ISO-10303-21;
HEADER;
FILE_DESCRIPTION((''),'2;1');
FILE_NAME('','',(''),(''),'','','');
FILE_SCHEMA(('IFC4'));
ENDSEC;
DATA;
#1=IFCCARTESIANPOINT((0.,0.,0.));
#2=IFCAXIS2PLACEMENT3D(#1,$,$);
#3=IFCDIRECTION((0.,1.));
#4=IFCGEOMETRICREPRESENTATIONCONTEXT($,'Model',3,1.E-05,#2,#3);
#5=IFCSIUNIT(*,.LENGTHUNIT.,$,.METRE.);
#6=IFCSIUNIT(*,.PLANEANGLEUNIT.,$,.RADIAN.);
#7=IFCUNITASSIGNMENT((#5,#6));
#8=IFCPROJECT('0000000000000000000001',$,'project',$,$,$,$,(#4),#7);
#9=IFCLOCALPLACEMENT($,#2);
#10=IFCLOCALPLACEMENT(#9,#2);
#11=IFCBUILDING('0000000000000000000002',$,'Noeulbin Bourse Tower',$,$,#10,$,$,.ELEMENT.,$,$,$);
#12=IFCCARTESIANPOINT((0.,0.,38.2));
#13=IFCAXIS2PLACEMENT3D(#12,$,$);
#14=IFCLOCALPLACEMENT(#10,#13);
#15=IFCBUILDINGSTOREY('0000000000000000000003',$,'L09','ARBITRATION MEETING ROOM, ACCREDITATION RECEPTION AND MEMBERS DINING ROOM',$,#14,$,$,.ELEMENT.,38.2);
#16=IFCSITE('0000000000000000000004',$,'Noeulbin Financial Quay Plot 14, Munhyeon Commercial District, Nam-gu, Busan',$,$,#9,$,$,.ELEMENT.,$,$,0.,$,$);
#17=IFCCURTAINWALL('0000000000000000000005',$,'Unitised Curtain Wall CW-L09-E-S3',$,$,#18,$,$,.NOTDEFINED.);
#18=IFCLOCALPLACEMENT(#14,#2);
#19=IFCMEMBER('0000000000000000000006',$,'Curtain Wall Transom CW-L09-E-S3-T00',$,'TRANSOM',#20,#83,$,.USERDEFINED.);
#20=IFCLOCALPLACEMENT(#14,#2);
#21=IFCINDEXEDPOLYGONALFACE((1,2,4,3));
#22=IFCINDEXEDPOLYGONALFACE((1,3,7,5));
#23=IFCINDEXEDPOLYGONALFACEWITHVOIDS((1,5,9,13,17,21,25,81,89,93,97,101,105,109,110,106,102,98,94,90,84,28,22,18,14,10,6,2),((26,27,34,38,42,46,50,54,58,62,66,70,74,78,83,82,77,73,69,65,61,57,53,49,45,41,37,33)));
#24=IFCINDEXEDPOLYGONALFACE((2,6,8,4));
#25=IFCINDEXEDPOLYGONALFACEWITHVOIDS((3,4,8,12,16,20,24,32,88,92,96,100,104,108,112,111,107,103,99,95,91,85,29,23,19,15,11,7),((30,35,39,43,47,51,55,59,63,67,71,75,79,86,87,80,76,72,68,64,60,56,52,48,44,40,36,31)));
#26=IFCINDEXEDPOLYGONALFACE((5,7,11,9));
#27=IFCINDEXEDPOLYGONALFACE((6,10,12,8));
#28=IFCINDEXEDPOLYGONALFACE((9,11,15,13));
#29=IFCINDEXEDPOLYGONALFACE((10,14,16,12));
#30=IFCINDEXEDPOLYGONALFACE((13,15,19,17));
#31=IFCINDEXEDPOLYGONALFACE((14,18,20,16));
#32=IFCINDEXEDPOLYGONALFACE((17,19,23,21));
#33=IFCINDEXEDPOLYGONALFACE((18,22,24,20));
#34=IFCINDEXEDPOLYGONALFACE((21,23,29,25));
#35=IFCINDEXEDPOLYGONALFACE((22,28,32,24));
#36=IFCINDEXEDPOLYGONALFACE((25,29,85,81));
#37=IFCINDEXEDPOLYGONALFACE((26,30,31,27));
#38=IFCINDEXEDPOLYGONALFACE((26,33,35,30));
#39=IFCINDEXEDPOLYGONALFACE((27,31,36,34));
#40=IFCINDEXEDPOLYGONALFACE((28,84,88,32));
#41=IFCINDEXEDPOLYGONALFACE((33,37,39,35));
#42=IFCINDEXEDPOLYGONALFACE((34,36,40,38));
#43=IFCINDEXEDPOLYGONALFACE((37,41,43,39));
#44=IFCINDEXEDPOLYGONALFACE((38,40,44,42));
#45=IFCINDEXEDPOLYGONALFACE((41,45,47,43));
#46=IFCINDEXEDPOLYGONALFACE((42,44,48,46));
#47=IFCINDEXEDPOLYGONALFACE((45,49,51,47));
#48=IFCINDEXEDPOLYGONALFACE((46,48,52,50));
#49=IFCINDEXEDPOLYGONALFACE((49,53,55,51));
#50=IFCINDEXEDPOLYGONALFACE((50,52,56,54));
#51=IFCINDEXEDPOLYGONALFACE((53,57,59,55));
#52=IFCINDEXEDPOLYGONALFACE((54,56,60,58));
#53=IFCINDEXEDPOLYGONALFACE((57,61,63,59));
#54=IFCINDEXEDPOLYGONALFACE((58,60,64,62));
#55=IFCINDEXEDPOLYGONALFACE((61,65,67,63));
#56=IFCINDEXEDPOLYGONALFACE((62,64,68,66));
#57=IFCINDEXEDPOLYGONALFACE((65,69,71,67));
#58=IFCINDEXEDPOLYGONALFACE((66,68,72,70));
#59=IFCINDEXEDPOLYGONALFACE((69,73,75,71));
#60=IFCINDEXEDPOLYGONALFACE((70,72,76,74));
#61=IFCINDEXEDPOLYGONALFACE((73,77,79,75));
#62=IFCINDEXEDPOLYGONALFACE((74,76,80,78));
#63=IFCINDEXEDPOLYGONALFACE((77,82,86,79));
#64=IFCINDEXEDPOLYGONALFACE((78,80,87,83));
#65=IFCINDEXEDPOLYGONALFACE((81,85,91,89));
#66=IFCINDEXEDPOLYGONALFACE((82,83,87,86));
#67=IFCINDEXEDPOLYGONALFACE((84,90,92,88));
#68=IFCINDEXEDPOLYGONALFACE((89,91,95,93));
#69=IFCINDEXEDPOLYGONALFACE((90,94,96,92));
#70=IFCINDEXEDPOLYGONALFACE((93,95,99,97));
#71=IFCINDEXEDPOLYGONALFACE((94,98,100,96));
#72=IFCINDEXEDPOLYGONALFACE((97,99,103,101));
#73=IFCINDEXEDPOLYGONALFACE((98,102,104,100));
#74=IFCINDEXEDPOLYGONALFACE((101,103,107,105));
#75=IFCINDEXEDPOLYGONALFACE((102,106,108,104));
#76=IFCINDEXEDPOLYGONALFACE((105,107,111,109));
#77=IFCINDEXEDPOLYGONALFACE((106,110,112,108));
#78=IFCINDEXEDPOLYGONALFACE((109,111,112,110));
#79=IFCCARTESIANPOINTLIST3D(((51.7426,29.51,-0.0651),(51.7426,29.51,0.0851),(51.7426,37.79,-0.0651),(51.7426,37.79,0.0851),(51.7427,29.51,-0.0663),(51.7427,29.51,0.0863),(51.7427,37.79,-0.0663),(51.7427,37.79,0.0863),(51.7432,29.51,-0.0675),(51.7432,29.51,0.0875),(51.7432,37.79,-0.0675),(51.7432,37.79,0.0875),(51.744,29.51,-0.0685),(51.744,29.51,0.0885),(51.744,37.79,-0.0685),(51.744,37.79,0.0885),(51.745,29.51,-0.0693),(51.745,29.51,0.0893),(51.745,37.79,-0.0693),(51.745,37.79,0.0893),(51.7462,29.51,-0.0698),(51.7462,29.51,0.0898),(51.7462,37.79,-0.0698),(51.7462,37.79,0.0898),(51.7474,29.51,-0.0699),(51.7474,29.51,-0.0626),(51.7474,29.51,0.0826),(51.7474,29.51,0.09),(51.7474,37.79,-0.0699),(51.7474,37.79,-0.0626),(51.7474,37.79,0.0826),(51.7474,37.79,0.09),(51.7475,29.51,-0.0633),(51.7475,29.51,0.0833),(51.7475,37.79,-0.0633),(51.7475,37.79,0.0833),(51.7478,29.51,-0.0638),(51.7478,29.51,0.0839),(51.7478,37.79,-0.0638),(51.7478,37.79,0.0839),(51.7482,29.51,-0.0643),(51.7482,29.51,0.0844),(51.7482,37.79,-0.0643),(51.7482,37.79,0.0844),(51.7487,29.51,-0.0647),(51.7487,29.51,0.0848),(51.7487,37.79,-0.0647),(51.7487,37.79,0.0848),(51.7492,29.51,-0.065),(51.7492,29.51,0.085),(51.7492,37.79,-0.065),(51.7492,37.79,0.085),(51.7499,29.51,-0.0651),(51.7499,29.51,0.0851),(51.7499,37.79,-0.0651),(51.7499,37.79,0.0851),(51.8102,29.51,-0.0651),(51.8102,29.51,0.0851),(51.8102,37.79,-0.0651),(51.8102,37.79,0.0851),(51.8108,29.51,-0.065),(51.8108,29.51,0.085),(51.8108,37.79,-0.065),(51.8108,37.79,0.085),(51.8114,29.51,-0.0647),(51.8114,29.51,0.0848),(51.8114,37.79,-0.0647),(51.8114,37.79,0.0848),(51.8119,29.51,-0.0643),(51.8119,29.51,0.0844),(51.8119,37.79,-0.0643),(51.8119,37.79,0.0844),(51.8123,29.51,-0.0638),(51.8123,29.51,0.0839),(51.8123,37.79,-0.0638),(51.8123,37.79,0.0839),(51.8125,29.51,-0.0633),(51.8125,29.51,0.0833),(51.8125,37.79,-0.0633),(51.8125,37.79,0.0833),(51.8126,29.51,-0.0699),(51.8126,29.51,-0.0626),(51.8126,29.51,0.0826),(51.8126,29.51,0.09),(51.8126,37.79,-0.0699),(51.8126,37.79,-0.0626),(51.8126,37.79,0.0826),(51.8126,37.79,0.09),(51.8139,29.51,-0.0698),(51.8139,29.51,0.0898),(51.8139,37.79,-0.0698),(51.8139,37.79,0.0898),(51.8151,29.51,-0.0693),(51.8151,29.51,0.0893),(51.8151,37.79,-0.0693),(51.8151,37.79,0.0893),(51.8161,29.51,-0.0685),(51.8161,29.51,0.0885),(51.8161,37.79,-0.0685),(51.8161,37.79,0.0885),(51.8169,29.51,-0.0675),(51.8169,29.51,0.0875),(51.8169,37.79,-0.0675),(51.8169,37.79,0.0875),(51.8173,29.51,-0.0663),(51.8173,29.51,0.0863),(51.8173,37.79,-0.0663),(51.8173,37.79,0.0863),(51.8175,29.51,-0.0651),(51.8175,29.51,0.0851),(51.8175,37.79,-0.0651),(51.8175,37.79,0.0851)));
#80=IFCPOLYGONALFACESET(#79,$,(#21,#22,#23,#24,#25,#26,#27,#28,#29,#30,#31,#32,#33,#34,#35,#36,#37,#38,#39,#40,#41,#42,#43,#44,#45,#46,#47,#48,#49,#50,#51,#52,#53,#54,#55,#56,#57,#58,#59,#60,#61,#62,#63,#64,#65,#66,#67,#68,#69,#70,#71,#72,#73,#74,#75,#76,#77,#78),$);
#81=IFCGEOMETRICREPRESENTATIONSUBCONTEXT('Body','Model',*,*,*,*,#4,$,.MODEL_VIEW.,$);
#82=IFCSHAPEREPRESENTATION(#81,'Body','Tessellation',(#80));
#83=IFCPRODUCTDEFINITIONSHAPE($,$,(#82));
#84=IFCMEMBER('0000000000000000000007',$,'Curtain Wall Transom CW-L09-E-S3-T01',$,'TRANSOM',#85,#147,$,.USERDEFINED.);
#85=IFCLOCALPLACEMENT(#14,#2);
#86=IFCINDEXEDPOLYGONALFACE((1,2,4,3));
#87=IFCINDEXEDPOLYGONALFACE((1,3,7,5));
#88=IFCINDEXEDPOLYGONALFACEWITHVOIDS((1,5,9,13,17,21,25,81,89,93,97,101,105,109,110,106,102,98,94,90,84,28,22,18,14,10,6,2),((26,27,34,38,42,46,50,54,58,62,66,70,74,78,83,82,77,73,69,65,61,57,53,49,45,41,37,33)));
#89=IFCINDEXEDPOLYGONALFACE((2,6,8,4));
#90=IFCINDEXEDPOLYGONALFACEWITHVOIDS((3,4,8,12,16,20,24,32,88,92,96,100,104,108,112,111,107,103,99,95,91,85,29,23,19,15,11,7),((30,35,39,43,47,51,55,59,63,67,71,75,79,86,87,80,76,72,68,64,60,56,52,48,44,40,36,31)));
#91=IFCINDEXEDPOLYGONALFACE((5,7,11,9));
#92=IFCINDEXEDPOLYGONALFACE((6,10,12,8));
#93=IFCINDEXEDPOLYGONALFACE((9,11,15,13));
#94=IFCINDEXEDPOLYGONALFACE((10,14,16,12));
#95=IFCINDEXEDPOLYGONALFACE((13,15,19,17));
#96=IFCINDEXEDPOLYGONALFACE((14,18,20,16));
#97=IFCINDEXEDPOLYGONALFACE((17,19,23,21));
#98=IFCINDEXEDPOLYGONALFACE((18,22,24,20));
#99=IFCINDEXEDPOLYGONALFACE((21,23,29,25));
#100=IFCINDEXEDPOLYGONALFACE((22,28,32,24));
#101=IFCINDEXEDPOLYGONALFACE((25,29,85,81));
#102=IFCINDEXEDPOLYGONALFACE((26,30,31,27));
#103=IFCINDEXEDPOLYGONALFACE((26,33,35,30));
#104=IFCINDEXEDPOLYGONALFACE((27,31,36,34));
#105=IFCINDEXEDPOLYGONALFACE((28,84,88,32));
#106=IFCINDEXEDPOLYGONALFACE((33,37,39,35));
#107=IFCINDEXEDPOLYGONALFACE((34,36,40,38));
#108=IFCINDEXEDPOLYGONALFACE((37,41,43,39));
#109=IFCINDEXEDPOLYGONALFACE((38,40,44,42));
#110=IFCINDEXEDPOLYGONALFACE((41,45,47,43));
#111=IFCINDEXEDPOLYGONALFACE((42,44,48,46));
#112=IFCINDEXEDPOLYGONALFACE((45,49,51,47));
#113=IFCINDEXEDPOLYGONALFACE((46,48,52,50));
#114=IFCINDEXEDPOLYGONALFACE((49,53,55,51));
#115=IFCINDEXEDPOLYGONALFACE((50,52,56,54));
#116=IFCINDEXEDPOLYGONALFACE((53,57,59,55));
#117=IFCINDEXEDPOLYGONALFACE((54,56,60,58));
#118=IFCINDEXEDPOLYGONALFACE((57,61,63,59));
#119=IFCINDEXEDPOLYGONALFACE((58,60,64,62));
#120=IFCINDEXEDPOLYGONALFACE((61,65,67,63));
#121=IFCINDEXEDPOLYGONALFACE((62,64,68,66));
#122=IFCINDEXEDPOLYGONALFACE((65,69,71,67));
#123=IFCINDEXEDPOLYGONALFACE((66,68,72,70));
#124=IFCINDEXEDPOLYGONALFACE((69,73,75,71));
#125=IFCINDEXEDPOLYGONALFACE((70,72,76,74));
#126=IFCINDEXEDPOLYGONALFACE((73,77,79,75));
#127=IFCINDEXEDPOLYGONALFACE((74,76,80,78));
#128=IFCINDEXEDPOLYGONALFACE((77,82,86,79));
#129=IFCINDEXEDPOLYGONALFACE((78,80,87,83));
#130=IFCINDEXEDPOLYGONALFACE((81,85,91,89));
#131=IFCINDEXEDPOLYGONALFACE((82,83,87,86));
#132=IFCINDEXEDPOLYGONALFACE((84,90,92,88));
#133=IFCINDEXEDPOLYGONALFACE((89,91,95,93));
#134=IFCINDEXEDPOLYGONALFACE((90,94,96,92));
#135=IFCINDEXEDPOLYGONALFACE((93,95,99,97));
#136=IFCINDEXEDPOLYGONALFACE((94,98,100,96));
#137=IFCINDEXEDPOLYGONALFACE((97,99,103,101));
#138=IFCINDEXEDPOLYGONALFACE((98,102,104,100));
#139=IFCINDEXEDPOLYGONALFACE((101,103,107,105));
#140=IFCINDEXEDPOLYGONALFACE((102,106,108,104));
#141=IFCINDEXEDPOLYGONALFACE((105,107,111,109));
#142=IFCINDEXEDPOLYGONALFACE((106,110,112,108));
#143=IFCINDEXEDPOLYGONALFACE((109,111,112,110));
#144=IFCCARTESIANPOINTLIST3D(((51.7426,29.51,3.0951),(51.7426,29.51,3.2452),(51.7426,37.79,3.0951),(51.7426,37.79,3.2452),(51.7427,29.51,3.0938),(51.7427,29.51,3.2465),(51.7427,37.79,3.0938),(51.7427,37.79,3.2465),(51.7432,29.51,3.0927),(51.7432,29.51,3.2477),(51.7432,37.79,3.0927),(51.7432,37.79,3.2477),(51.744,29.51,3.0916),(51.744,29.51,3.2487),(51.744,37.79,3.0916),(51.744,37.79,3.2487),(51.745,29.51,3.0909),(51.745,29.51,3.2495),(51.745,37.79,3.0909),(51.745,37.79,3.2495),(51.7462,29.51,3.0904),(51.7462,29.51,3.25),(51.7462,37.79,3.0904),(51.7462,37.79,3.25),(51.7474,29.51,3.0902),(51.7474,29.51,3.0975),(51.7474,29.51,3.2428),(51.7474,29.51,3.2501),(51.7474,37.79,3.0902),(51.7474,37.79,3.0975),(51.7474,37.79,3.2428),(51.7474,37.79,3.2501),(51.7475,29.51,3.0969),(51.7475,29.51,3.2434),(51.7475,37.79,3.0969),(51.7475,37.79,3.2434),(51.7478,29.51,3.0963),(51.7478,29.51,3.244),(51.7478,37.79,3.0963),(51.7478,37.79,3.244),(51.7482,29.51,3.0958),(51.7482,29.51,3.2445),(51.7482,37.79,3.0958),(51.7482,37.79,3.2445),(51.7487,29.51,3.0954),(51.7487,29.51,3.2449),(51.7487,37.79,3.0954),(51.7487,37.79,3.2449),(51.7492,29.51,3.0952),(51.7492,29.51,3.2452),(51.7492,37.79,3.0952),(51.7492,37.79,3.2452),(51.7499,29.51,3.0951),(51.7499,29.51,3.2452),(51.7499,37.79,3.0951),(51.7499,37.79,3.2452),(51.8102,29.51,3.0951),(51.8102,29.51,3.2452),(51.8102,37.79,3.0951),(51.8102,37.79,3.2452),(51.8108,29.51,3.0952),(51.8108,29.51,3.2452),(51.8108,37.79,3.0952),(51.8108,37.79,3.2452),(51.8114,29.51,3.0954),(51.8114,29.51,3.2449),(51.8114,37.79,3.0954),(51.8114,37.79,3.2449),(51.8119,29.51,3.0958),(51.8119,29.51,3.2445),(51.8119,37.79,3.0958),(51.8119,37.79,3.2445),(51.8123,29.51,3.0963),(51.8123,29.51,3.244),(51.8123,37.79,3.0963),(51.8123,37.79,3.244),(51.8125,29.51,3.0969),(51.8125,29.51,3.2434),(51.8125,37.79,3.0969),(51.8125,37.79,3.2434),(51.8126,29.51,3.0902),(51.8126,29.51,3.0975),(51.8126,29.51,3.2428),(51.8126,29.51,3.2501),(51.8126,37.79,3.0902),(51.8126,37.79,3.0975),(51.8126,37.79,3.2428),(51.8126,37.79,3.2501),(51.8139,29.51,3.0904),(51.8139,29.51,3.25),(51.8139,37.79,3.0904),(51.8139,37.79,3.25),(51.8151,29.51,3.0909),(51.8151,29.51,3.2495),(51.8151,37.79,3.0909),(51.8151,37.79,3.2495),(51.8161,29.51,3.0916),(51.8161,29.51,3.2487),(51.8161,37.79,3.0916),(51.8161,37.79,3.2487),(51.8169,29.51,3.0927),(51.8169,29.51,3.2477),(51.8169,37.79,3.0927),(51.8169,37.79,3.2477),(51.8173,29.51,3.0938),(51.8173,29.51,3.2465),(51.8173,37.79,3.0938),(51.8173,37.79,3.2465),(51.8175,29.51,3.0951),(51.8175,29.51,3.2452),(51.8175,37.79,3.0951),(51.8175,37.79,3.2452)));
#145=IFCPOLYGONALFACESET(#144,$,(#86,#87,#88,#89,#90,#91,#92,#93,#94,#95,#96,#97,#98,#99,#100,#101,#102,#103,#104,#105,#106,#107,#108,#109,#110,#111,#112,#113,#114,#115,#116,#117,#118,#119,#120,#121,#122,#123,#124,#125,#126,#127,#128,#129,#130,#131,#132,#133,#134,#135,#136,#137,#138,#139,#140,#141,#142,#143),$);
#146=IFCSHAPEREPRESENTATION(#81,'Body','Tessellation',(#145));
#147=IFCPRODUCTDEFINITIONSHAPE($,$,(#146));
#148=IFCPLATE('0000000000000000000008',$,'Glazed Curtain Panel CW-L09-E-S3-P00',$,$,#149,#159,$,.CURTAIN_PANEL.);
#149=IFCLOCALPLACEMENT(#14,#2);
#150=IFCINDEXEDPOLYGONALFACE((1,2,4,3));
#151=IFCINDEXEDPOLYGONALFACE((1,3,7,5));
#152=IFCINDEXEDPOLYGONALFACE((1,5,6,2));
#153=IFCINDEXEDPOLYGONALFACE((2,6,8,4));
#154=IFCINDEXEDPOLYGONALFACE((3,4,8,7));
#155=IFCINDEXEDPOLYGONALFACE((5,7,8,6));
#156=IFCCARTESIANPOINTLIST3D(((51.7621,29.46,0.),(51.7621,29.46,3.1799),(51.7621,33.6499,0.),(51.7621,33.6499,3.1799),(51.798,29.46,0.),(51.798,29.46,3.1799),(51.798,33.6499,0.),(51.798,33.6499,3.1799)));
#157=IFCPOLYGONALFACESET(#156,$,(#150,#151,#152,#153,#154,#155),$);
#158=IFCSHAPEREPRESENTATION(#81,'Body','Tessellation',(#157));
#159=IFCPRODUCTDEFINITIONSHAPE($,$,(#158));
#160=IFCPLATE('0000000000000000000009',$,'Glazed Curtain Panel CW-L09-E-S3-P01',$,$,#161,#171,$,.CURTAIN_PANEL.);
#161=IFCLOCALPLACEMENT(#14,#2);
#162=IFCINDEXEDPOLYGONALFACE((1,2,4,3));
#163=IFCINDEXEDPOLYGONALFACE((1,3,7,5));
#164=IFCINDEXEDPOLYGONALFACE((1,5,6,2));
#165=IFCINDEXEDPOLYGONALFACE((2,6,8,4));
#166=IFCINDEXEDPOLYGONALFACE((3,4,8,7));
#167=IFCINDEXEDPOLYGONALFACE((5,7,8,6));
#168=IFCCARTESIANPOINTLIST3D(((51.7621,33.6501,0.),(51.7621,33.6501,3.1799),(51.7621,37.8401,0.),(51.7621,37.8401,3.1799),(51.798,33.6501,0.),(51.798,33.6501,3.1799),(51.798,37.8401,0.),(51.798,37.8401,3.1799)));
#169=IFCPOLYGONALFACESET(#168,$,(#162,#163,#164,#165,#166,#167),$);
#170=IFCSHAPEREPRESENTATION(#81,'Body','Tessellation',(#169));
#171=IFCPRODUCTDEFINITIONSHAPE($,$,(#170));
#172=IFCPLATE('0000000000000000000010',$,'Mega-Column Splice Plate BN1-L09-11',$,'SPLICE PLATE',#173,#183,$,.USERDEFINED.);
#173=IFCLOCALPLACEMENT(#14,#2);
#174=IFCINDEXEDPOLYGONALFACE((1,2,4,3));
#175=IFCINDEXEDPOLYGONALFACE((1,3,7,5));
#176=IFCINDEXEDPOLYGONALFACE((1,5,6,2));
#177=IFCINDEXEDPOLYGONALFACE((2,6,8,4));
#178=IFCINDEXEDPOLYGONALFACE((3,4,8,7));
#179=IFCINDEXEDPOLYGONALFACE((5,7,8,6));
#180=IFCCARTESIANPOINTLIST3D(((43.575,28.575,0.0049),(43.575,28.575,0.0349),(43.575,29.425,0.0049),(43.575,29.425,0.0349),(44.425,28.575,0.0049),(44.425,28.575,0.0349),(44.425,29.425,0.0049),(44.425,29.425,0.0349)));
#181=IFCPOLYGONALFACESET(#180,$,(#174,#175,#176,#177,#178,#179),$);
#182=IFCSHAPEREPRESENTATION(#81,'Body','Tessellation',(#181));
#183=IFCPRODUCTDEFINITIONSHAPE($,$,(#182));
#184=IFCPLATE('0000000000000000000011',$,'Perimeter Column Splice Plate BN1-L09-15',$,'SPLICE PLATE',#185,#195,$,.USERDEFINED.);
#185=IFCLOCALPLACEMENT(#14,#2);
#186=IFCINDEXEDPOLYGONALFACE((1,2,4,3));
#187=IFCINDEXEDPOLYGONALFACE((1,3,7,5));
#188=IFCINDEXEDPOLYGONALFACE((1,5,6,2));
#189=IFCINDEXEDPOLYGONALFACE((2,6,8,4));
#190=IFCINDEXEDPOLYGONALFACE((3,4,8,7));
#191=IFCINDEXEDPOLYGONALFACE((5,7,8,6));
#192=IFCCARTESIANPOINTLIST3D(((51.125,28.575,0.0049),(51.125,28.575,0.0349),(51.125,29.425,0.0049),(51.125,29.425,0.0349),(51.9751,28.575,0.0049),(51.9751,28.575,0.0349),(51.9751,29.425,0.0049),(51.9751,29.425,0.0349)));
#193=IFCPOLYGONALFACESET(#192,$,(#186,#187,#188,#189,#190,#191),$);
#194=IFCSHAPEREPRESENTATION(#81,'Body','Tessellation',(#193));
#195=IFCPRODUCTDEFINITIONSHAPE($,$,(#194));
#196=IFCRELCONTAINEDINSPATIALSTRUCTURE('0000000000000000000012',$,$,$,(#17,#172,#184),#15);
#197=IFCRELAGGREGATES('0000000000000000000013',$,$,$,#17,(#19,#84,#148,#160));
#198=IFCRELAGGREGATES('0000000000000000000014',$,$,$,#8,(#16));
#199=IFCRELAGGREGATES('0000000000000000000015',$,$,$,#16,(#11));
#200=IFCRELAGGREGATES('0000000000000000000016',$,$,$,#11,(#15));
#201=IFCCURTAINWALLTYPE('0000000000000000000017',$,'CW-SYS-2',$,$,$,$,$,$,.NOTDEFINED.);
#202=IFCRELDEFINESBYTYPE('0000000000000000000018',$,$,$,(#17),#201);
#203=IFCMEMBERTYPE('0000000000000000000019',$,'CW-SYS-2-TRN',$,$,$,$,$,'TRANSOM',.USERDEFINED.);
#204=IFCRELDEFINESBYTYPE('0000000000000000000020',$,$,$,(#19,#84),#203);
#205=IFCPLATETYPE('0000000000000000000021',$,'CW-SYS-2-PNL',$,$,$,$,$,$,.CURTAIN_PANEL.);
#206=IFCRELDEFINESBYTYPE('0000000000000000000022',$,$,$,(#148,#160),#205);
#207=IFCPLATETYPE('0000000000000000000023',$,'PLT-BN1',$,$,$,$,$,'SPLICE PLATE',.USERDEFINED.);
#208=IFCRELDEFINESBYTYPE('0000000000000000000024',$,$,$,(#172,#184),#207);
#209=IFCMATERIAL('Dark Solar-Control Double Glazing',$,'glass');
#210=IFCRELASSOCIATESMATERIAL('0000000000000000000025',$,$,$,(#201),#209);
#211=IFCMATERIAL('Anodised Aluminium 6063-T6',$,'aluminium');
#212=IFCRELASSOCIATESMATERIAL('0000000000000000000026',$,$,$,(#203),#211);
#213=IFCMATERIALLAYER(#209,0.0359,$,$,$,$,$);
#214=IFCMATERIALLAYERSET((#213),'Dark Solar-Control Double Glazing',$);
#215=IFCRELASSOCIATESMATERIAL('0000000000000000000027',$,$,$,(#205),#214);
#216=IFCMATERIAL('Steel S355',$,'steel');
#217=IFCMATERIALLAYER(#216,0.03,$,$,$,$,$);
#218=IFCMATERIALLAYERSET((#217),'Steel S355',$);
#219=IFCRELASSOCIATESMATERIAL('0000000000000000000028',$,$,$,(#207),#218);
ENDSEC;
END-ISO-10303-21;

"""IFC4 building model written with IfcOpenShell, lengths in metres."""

from ifc_helpers import new_model, si_unit, direction, frame, origin, origin_2d, place, context, subcontext, project, spatial, rectangle, hollow_rectangle, extrude, material, layer, layer_set, material_profile, profile_set, type_object, element, aggregate, save


model = new_model("IFC4")

# Units and contexts
model_context = context("Model", 3, precision=1e-05, world=origin(), true_north=direction((0.0, 1.0)))
body_context = subcontext(model_context, "Body", "Model", "MODEL_VIEW")
ifc_project = project(units=[si_unit("LENGTHUNIT", "METRE"), si_unit("PLANEANGLEUNIT", "RADIAN")], contexts=[model_context])

# Site, building, storey
site_placement = place(None, origin())
site = spatial("IfcSite", under=ifc_project, at=site_placement, Name="Noeulbin Financial Quay Plot 14, Munhyeon Commercial District, Nam-gu, Busan", CompositionType="ELEMENT", RefElevation=0.0)
building_placement = place(site_placement, origin())
building = spatial("IfcBuilding", under=site, at=building_placement, Name="Noeulbin Bourse Tower", CompositionType="ELEMENT")
storey_placement = place(building_placement, frame((0.0, 0.0, 38.2)))
storey = spatial("IfcBuildingStorey", under=building, at=storey_placement, Name="L09", Description="ARBITRATION MEETING ROOM, ACCREDITATION RECEPTION AND MEMBERS DINING ROOM", CompositionType="ELEMENT", Elevation=38.2)

# Shared definitions
ifc_material_1 = material(Name="Steel S355", Category="steel")

# Curtain wall, members, plates
ifc_material_2 = material(Name="Dark Solar-Control Double Glazing", Category="glass")
curtain_wall_type = type_object("IfcCurtainWallType", Name="CW-SYS-2", PredefinedType="NOTDEFINED", material=ifc_material_2)
curtain_wall_placement = place(storey_placement, origin())
curtain_wall = element("IfcCurtainWall", 1, at=curtain_wall_placement, inside=storey, type_object=curtain_wall_type, Name="Unitised Curtain Wall CW-L09-E-S3", PredefinedType="NOTDEFINED")
ifc_material_3 = material(Name="Anodised Aluminium 6063-T6", Category="aluminium")
ifc_material_profile_1 = material_profile(ifc_material_3, hollow_rectangle(XDim=0.075, YDim=0.1599, WallThickness=0.0049, InnerFilletRadius=0.0024, OuterFilletRadius=0.0049, at=origin_2d()), Name="ALU-TRAN-75x160x5", Category="LoadBearing")
ifc_profile_set_1 = profile_set([ifc_material_profile_1], Name="Anodised Aluminium 6063-T6")
member_type_1 = type_object("IfcMemberType", Name="CW-SYS-2-TRN", ElementType="TRANSOM", PredefinedType="USERDEFINED", material=ifc_profile_set_1)
member_1_placement = place(storey_placement, frame((51.78, 29.51, 0.01), z_axis=(0.0, 1.0, 0.0), x_axis=(-1.0, 0.0, 0.0)))
member_1 = element("IfcMember", 2, at=member_1_placement, type_object=member_type_1, Name="Curtain Wall Transom CW-L09-E-S3-T00", ObjectType="TRANSOM", PredefinedType="USERDEFINED", context=body_context, shape_type="SweptSolid", body=[
    extrude(hollow_rectangle(XDim=0.075, YDim=0.1599, WallThickness=0.0049, InnerFilletRadius=0.0024, OuterFilletRadius=0.0049, at=origin_2d()), origin(), (0.0, 0.0, 1.0), 8.28),
])
member_2_placement = place(storey_placement, frame((51.78, 29.51, 3.1702), z_axis=(0.0, 1.0, 0.0), x_axis=(-1.0, 0.0, 0.0)))
member_2 = element("IfcMember", 3, at=member_2_placement, type_object=member_type_1, Name="Curtain Wall Transom CW-L09-E-S3-T01", ObjectType="TRANSOM", PredefinedType="USERDEFINED", context=body_context, shape_type="SweptSolid", body=[
    extrude(hollow_rectangle(XDim=0.075, YDim=0.1599, WallThickness=0.0049, InnerFilletRadius=0.0024, OuterFilletRadius=0.0049, at=origin_2d()), origin(), (0.0, 0.0, 1.0), 8.28),
])
ifc_layer_1 = layer(ifc_material_2, 0.0359)
ifc_layer_set_1 = layer_set([ifc_layer_1], Name="Dark Solar-Control Double Glazing")
plate_type_1 = type_object("IfcPlateType", Name="CW-SYS-2-PNL", PredefinedType="CURTAIN_PANEL", material=ifc_layer_set_1)
plate_1_placement = place(storey_placement, frame((51.78, 31.5549, 0.0), z_axis=(0.0, 0.0, 1.0), x_axis=(0.0, 1.0, 0.0)))
plate_1 = element("IfcPlate", 4, at=plate_1_placement, type_object=plate_type_1, Name="Glazed Curtain Panel CW-L09-E-S3-P00", PredefinedType="CURTAIN_PANEL", context=body_context, shape_type="SweptSolid", body=[
    extrude(rectangle(XDim=4.1899, YDim=0.0359, at=origin_2d()), origin(), (0.0, 0.0, 1.0), 3.1799),
])
plate_2_placement = place(storey_placement, frame((51.78, 35.7451, 0.0), z_axis=(0.0, 0.0, 1.0), x_axis=(0.0, 1.0, 0.0)))
plate_2 = element("IfcPlate", 5, at=plate_2_placement, type_object=plate_type_1, Name="Glazed Curtain Panel CW-L09-E-S3-P01", PredefinedType="CURTAIN_PANEL", context=body_context, shape_type="SweptSolid", body=[
    extrude(rectangle(XDim=4.1899, YDim=0.0359, at=origin_2d()), origin(), (0.0, 0.0, 1.0), 3.1799),
])
aggregate(curtain_wall, [member_1, member_2, plate_1, plate_2])

# Plates
ifc_layer_2 = layer(ifc_material_1, 0.03)
ifc_layer_set_2 = layer_set([ifc_layer_2], Name="Steel S355")
plate_type_2 = type_object("IfcPlateType", Name="PLT-BN1", ElementType="SPLICE PLATE", PredefinedType="USERDEFINED", material=ifc_layer_set_2)
for number, where, z_axis, x_axis, name in (
    (6, (44.0, 29.0, 0.0049), (0.0, 0.0, 1.0), (1.0, 0.0, 0.0), "Mega-Column Splice Plate BN1-L09-11"),
    (7, (51.55, 29.0, 0.0049), (0.0, 0.0, 1.0), (1.0, 0.0, 0.0), "Perimeter Column Splice Plate BN1-L09-15"),
):
    element("IfcPlate", number, at=place(storey_placement, frame(where, z_axis=z_axis, x_axis=x_axis)), inside=storey, type_object=plate_type_2, Name=name, ObjectType="SPLICE PLATE", PredefinedType="USERDEFINED", context=body_context, shape_type="SweptSolid", body=[
        extrude(rectangle(XDim=0.8501, YDim=0.8501, at=origin_2d()), origin(), (0.0, 0.0, 1.0), 0.03),
    ])

save(model, "model.ifc")
